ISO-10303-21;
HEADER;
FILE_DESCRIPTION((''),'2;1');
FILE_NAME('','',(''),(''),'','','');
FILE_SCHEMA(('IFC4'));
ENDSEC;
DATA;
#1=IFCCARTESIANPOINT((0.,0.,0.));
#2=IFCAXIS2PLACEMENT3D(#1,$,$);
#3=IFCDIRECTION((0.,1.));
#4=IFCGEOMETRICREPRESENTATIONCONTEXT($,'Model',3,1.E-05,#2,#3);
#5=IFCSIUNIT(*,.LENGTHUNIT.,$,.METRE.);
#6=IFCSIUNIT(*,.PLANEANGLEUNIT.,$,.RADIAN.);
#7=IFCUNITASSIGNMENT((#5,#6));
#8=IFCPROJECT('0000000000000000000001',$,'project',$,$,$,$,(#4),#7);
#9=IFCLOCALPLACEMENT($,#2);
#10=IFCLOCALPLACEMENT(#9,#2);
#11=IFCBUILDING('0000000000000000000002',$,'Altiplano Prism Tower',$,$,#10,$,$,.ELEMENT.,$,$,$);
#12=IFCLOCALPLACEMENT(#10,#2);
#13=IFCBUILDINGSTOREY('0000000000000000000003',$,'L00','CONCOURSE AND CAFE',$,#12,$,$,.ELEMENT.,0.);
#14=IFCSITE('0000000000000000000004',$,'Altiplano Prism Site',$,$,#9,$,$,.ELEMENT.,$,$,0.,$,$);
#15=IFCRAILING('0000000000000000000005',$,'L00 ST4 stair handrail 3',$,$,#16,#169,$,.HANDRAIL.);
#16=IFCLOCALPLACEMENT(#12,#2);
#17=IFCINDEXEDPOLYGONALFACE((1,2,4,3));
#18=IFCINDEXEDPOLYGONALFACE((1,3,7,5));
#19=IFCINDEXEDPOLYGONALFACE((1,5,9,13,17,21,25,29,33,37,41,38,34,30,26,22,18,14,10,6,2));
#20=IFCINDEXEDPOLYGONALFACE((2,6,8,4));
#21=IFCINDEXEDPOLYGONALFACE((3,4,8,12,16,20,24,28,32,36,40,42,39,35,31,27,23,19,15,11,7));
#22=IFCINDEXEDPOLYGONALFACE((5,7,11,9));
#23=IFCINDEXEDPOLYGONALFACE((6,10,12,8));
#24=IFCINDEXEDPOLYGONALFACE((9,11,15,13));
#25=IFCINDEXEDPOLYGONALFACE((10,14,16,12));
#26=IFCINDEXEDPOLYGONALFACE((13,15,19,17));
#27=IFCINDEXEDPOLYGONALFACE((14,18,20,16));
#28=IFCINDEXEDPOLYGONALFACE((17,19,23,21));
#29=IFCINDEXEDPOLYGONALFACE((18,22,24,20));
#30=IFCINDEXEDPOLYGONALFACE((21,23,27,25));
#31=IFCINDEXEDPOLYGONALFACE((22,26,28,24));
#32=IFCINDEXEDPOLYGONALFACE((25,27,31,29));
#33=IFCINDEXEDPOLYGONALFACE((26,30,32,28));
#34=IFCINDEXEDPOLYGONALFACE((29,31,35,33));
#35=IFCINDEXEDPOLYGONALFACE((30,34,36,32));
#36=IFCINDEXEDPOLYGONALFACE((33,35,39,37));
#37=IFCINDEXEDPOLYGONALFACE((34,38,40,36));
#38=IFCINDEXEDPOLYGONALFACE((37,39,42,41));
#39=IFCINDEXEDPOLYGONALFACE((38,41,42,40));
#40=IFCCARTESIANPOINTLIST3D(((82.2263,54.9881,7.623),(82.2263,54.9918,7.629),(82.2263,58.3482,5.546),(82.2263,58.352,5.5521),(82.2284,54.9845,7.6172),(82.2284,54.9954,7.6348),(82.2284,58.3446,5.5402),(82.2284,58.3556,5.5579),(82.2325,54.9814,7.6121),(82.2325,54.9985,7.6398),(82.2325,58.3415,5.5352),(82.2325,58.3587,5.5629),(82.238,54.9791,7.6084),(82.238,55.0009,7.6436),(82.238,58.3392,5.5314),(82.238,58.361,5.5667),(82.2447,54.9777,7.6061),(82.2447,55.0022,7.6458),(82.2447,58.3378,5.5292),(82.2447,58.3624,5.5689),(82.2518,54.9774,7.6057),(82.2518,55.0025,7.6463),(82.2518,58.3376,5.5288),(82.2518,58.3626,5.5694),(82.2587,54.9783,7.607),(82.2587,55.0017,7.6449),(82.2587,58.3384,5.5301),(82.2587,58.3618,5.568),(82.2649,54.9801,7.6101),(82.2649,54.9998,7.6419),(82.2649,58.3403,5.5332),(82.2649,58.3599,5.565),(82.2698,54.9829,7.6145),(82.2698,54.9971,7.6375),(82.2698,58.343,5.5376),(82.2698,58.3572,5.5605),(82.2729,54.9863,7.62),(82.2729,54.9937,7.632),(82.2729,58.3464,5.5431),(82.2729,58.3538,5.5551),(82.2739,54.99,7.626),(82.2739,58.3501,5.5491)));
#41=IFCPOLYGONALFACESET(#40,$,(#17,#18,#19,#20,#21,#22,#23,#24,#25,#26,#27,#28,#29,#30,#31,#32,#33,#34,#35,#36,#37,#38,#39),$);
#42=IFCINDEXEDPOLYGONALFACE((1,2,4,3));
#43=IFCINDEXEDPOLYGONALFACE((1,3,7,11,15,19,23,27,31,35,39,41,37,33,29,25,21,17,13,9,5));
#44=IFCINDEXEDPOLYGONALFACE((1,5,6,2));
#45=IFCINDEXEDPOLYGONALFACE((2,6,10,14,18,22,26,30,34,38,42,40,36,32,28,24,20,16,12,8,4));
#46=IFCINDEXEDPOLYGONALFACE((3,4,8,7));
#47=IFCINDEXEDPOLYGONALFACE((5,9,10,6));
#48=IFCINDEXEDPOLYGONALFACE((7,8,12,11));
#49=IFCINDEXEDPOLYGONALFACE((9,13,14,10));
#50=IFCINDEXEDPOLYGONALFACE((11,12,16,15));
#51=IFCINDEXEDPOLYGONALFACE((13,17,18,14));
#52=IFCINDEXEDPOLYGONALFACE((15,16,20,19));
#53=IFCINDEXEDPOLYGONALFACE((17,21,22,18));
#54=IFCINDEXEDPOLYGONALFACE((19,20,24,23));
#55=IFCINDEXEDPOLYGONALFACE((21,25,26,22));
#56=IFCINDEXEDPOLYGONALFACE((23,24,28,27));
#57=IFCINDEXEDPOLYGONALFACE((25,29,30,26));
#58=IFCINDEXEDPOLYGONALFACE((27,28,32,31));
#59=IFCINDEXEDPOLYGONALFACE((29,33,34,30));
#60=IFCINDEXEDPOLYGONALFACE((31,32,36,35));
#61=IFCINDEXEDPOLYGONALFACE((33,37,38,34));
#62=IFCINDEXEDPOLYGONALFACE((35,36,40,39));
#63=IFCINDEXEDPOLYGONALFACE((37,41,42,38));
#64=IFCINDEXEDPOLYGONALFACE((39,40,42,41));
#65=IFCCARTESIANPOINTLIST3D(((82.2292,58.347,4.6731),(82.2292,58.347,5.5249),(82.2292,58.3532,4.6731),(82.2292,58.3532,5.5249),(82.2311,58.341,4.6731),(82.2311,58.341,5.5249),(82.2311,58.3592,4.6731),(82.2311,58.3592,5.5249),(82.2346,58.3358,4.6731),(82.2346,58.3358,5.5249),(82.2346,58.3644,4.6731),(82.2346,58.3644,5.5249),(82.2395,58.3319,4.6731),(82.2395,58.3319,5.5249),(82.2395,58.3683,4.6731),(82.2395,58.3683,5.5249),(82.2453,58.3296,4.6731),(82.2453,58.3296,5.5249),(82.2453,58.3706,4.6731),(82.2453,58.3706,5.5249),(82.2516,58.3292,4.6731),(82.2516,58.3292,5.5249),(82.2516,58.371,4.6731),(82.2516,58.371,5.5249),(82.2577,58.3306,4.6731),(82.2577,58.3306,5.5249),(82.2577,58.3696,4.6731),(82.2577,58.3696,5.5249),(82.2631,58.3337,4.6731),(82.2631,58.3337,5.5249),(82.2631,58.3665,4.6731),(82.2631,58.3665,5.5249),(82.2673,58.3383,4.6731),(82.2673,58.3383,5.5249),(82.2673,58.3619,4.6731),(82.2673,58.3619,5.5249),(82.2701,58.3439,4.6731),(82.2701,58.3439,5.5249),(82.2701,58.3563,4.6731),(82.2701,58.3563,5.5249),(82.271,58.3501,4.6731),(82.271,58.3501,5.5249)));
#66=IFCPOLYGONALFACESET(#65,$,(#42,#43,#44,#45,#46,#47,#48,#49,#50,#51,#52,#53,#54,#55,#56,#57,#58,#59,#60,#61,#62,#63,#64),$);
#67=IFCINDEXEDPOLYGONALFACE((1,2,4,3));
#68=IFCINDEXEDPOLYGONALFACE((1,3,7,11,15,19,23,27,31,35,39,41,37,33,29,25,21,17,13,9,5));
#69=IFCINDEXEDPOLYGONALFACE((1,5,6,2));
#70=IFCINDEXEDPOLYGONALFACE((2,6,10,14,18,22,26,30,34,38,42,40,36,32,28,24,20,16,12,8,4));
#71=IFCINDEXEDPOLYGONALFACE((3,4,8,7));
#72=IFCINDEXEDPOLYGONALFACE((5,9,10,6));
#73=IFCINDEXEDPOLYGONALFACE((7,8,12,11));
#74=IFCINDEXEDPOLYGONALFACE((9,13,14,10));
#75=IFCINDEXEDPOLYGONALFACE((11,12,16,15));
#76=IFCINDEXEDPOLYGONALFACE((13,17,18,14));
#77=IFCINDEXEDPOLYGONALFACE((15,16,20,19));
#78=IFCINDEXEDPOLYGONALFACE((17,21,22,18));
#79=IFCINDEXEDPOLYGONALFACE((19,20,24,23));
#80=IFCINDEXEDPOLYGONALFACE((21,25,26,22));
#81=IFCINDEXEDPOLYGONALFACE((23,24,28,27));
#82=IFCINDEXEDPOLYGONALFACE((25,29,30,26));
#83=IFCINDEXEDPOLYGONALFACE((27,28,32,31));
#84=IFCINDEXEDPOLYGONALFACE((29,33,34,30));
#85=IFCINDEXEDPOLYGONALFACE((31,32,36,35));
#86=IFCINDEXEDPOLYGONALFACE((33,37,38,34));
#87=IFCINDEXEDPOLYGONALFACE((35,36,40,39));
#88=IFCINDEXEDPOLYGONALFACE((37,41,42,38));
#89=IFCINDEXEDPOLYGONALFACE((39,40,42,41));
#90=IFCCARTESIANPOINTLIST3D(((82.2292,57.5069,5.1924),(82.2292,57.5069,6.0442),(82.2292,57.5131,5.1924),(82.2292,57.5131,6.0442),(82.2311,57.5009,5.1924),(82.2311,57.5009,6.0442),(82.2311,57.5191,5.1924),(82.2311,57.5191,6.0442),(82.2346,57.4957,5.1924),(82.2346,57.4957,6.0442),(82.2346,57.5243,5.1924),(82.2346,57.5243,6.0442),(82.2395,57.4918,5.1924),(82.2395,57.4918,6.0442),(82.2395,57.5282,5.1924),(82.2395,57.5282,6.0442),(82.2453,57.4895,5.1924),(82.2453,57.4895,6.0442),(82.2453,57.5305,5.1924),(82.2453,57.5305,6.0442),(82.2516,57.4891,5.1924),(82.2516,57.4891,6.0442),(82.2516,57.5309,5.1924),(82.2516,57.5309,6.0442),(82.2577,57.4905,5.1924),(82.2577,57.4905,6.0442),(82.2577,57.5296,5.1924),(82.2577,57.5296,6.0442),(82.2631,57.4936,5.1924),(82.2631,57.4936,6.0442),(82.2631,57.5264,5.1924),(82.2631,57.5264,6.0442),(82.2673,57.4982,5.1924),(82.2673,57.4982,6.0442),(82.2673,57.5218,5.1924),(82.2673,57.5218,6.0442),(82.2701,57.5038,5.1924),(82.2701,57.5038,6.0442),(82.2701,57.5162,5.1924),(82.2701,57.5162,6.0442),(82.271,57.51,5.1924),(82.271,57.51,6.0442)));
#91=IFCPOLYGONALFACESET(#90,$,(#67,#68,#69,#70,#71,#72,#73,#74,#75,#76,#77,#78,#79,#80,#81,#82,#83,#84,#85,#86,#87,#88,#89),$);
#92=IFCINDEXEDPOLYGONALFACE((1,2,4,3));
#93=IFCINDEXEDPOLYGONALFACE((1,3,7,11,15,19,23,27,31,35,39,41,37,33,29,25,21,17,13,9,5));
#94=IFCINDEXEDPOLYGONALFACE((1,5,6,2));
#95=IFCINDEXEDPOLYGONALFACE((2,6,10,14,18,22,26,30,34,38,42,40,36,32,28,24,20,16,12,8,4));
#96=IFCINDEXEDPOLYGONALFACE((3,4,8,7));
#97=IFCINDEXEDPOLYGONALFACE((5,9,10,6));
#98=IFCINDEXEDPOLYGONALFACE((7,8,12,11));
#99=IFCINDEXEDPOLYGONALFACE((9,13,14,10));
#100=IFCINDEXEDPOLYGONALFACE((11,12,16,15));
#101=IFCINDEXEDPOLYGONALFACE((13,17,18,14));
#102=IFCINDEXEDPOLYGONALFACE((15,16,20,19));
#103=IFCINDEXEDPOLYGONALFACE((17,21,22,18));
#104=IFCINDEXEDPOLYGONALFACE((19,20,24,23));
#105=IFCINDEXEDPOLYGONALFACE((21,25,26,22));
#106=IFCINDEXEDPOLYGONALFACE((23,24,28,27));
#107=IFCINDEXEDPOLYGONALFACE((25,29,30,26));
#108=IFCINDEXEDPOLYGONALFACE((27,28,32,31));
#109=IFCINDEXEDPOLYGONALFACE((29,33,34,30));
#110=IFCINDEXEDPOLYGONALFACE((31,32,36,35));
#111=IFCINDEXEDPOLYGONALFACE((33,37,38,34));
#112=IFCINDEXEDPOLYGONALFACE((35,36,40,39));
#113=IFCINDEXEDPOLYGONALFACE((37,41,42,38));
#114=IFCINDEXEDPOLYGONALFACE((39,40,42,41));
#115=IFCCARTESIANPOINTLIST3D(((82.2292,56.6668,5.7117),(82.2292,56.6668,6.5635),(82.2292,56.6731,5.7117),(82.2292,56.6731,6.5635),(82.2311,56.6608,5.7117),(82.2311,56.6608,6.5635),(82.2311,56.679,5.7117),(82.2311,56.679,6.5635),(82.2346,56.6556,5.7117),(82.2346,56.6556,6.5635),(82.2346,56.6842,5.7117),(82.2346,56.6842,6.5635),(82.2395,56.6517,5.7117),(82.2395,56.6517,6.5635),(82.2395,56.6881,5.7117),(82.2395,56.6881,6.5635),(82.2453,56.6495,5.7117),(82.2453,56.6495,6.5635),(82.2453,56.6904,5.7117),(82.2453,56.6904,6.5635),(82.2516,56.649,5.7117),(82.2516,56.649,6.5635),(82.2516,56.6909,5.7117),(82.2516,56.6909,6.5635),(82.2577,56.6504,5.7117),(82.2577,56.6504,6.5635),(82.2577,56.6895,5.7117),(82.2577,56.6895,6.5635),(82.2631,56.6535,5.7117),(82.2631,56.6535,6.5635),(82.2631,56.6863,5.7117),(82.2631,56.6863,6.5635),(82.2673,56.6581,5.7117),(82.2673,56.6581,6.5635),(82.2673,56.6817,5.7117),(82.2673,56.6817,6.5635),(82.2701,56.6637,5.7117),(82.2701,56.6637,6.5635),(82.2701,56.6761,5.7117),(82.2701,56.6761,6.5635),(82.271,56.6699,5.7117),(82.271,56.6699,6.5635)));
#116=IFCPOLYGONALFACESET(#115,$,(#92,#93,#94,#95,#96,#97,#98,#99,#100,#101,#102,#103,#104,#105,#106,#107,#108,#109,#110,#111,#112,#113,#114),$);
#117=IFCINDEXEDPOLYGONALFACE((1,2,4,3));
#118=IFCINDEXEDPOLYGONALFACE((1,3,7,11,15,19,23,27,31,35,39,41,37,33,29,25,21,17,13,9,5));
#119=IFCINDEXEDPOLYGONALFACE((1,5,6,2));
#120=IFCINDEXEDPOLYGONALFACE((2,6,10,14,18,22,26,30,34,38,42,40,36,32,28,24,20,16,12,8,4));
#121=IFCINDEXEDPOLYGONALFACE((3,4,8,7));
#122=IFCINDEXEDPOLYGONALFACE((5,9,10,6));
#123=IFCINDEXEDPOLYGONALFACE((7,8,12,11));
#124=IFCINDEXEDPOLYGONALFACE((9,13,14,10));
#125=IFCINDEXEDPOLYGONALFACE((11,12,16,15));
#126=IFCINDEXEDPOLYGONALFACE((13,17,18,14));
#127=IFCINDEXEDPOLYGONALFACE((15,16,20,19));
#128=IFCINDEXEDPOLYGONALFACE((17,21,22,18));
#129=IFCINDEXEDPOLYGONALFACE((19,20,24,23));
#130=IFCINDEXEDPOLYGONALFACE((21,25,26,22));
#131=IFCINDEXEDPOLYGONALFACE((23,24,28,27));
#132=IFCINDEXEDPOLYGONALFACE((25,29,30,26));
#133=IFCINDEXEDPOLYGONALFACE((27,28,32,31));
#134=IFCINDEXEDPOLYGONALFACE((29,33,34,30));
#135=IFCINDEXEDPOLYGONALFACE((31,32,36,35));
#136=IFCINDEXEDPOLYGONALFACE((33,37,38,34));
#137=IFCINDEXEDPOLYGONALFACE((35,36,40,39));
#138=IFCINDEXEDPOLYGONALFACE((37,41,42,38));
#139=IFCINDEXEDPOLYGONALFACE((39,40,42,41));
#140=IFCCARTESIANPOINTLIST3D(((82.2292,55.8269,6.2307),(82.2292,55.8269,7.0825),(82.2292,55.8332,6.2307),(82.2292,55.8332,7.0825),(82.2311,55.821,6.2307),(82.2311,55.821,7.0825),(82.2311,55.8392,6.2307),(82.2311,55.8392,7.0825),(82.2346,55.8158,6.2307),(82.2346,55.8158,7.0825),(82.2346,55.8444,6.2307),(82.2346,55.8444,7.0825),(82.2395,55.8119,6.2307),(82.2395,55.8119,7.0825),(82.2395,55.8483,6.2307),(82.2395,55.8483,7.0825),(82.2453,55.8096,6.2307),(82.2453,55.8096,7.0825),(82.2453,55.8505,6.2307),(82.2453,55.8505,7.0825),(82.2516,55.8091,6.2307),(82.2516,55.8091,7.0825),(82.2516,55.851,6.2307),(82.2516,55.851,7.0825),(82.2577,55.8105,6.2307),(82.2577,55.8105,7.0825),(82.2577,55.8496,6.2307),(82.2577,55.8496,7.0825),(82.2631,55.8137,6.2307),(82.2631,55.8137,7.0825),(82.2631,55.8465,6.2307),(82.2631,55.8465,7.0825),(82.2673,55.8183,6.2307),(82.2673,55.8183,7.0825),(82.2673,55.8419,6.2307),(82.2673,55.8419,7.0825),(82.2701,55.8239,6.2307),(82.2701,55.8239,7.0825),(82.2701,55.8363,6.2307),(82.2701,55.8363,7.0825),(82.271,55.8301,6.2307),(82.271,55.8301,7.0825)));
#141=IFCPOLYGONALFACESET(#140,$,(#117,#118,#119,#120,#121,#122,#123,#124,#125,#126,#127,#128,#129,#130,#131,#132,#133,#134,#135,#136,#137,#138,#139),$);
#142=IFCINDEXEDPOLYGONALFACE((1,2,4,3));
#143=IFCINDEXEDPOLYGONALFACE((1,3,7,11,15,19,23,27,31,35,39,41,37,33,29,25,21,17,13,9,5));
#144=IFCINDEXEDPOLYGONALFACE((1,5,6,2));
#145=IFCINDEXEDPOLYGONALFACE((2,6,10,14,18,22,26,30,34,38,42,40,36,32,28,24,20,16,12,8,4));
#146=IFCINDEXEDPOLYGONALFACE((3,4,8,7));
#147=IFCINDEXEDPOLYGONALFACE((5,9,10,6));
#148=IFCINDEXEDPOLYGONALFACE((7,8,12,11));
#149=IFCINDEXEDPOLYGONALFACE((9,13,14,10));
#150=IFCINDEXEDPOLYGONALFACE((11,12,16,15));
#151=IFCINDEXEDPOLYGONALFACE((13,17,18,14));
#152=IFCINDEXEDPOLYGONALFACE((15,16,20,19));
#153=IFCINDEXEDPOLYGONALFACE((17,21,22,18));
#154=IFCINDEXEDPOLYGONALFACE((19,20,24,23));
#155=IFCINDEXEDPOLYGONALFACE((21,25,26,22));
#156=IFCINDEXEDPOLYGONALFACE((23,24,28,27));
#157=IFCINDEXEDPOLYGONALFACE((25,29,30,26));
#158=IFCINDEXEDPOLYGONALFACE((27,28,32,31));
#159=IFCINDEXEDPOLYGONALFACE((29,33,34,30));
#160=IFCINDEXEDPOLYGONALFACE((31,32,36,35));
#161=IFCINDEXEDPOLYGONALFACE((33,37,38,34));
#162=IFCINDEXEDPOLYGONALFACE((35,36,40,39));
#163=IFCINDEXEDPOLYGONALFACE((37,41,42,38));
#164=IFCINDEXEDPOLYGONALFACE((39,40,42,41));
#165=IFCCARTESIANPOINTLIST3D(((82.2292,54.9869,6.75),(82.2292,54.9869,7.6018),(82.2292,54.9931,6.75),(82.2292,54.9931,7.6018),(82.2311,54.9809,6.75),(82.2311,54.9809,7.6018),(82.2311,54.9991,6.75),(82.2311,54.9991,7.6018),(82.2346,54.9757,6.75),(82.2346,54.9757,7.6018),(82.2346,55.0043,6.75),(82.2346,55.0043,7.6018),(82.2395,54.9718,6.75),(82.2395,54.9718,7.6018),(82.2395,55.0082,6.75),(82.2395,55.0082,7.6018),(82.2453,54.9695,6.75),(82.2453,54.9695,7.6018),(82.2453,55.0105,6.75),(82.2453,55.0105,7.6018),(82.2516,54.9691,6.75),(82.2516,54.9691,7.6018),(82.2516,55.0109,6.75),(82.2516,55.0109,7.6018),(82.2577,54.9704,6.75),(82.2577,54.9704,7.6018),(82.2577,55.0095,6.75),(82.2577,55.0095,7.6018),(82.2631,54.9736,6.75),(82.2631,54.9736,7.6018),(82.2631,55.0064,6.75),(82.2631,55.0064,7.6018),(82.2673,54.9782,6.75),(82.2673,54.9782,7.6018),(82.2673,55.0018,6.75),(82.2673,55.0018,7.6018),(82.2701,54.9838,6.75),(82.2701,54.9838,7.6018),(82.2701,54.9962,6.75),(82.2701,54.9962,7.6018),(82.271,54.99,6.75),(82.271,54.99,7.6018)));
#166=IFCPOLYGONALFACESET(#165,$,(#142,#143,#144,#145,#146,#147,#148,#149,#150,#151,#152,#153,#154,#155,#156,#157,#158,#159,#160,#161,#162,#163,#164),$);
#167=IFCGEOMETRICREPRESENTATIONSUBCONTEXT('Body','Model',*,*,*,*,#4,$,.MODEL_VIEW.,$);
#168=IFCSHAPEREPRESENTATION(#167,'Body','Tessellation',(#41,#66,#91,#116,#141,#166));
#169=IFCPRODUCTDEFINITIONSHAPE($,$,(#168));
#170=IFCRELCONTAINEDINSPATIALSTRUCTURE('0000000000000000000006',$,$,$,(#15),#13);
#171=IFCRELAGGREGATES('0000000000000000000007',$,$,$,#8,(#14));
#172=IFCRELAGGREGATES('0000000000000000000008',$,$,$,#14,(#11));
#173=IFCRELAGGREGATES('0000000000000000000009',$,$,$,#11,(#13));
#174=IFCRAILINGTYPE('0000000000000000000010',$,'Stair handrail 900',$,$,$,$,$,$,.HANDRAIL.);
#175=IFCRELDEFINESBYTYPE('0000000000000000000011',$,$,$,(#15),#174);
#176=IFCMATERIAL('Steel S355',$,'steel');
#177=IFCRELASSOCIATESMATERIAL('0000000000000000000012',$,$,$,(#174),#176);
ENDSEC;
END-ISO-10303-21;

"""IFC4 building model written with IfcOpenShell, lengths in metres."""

from ifc_helpers import new_model, si_unit, direction, frame, origin, origin_2d, place, context, subcontext, project, spatial, circle, extrude, material, type_object, element, save


model = new_model("IFC4")

# Units and contexts
model_context = context("Model", 3, precision=1e-05, world=origin(), true_north=direction((0.0, 1.0)))
body_context = subcontext(model_context, "Body", "Model", "MODEL_VIEW")
ifc_project = project(units=[si_unit("LENGTHUNIT", "METRE"), si_unit("PLANEANGLEUNIT", "RADIAN")], contexts=[model_context])

# Site, building, storey
site_placement = place(None, origin())
site = spatial("IfcSite", under=ifc_project, at=site_placement, Name="Altiplano Prism Site", CompositionType="ELEMENT", RefElevation=0.0)
building_placement = place(site_placement, origin())
building = spatial("IfcBuilding", under=site, at=building_placement, Name="Altiplano Prism Tower", CompositionType="ELEMENT")
storey_placement = place(building_placement, origin())
storey = spatial("IfcBuildingStorey", under=building, at=storey_placement, Name="L00", Description="CONCOURSE AND CAFE", CompositionType="ELEMENT", Elevation=0.0)

# Railing
ifc_material_1 = material(Name="Steel S355", Category="steel")
railing_type = type_object("IfcRailingType", Name="Stair handrail 900", PredefinedType="HANDRAIL", material=ifc_material_1)
for number, where, name in (
    (1, (82.25, 58.3501, 4.6731), "L00 ST4 stair handrail 3"),
):
    element("IfcRailing", number, at=place(storey_placement, frame(where)), inside=storey, type_object=railing_type, Name=name, PredefinedType="HANDRAIL", context=body_context, shape_type="SweptSolid", body=[
        extrude(circle(Radius=0.0239, at=origin_2d()), frame((0.0, 0.0, 0.876), z_axis=(0.0, -0.850623, 0.525776), x_axis=(1.0, 0.0, 0.0)), (0.0, 0.0, 1.0), 3.9502),
        extrude(circle(Radius=0.021, at=origin_2d()), origin(), (0.0, 0.0, 1.0), 0.8518),
        extrude(circle(Radius=0.021, at=origin_2d()), frame((0.0, -0.8401, 0.5193)), (0.0, 0.0, 1.0), 0.8518),
        extrude(circle(Radius=0.021, at=origin_2d()), frame((0.0, -1.6802, 1.0386)), (0.0, 0.0, 1.0), 0.8518),
        extrude(circle(Radius=0.021, at=origin_2d()), frame((0.0, -2.52, 1.5576)), (0.0, 0.0, 1.0), 0.8518),
        extrude(circle(Radius=0.021, at=origin_2d()), frame((0.0, -3.3601, 2.0769)), (0.0, 0.0, 1.0), 0.8518),
    ])

save(model, "model.ifc")
